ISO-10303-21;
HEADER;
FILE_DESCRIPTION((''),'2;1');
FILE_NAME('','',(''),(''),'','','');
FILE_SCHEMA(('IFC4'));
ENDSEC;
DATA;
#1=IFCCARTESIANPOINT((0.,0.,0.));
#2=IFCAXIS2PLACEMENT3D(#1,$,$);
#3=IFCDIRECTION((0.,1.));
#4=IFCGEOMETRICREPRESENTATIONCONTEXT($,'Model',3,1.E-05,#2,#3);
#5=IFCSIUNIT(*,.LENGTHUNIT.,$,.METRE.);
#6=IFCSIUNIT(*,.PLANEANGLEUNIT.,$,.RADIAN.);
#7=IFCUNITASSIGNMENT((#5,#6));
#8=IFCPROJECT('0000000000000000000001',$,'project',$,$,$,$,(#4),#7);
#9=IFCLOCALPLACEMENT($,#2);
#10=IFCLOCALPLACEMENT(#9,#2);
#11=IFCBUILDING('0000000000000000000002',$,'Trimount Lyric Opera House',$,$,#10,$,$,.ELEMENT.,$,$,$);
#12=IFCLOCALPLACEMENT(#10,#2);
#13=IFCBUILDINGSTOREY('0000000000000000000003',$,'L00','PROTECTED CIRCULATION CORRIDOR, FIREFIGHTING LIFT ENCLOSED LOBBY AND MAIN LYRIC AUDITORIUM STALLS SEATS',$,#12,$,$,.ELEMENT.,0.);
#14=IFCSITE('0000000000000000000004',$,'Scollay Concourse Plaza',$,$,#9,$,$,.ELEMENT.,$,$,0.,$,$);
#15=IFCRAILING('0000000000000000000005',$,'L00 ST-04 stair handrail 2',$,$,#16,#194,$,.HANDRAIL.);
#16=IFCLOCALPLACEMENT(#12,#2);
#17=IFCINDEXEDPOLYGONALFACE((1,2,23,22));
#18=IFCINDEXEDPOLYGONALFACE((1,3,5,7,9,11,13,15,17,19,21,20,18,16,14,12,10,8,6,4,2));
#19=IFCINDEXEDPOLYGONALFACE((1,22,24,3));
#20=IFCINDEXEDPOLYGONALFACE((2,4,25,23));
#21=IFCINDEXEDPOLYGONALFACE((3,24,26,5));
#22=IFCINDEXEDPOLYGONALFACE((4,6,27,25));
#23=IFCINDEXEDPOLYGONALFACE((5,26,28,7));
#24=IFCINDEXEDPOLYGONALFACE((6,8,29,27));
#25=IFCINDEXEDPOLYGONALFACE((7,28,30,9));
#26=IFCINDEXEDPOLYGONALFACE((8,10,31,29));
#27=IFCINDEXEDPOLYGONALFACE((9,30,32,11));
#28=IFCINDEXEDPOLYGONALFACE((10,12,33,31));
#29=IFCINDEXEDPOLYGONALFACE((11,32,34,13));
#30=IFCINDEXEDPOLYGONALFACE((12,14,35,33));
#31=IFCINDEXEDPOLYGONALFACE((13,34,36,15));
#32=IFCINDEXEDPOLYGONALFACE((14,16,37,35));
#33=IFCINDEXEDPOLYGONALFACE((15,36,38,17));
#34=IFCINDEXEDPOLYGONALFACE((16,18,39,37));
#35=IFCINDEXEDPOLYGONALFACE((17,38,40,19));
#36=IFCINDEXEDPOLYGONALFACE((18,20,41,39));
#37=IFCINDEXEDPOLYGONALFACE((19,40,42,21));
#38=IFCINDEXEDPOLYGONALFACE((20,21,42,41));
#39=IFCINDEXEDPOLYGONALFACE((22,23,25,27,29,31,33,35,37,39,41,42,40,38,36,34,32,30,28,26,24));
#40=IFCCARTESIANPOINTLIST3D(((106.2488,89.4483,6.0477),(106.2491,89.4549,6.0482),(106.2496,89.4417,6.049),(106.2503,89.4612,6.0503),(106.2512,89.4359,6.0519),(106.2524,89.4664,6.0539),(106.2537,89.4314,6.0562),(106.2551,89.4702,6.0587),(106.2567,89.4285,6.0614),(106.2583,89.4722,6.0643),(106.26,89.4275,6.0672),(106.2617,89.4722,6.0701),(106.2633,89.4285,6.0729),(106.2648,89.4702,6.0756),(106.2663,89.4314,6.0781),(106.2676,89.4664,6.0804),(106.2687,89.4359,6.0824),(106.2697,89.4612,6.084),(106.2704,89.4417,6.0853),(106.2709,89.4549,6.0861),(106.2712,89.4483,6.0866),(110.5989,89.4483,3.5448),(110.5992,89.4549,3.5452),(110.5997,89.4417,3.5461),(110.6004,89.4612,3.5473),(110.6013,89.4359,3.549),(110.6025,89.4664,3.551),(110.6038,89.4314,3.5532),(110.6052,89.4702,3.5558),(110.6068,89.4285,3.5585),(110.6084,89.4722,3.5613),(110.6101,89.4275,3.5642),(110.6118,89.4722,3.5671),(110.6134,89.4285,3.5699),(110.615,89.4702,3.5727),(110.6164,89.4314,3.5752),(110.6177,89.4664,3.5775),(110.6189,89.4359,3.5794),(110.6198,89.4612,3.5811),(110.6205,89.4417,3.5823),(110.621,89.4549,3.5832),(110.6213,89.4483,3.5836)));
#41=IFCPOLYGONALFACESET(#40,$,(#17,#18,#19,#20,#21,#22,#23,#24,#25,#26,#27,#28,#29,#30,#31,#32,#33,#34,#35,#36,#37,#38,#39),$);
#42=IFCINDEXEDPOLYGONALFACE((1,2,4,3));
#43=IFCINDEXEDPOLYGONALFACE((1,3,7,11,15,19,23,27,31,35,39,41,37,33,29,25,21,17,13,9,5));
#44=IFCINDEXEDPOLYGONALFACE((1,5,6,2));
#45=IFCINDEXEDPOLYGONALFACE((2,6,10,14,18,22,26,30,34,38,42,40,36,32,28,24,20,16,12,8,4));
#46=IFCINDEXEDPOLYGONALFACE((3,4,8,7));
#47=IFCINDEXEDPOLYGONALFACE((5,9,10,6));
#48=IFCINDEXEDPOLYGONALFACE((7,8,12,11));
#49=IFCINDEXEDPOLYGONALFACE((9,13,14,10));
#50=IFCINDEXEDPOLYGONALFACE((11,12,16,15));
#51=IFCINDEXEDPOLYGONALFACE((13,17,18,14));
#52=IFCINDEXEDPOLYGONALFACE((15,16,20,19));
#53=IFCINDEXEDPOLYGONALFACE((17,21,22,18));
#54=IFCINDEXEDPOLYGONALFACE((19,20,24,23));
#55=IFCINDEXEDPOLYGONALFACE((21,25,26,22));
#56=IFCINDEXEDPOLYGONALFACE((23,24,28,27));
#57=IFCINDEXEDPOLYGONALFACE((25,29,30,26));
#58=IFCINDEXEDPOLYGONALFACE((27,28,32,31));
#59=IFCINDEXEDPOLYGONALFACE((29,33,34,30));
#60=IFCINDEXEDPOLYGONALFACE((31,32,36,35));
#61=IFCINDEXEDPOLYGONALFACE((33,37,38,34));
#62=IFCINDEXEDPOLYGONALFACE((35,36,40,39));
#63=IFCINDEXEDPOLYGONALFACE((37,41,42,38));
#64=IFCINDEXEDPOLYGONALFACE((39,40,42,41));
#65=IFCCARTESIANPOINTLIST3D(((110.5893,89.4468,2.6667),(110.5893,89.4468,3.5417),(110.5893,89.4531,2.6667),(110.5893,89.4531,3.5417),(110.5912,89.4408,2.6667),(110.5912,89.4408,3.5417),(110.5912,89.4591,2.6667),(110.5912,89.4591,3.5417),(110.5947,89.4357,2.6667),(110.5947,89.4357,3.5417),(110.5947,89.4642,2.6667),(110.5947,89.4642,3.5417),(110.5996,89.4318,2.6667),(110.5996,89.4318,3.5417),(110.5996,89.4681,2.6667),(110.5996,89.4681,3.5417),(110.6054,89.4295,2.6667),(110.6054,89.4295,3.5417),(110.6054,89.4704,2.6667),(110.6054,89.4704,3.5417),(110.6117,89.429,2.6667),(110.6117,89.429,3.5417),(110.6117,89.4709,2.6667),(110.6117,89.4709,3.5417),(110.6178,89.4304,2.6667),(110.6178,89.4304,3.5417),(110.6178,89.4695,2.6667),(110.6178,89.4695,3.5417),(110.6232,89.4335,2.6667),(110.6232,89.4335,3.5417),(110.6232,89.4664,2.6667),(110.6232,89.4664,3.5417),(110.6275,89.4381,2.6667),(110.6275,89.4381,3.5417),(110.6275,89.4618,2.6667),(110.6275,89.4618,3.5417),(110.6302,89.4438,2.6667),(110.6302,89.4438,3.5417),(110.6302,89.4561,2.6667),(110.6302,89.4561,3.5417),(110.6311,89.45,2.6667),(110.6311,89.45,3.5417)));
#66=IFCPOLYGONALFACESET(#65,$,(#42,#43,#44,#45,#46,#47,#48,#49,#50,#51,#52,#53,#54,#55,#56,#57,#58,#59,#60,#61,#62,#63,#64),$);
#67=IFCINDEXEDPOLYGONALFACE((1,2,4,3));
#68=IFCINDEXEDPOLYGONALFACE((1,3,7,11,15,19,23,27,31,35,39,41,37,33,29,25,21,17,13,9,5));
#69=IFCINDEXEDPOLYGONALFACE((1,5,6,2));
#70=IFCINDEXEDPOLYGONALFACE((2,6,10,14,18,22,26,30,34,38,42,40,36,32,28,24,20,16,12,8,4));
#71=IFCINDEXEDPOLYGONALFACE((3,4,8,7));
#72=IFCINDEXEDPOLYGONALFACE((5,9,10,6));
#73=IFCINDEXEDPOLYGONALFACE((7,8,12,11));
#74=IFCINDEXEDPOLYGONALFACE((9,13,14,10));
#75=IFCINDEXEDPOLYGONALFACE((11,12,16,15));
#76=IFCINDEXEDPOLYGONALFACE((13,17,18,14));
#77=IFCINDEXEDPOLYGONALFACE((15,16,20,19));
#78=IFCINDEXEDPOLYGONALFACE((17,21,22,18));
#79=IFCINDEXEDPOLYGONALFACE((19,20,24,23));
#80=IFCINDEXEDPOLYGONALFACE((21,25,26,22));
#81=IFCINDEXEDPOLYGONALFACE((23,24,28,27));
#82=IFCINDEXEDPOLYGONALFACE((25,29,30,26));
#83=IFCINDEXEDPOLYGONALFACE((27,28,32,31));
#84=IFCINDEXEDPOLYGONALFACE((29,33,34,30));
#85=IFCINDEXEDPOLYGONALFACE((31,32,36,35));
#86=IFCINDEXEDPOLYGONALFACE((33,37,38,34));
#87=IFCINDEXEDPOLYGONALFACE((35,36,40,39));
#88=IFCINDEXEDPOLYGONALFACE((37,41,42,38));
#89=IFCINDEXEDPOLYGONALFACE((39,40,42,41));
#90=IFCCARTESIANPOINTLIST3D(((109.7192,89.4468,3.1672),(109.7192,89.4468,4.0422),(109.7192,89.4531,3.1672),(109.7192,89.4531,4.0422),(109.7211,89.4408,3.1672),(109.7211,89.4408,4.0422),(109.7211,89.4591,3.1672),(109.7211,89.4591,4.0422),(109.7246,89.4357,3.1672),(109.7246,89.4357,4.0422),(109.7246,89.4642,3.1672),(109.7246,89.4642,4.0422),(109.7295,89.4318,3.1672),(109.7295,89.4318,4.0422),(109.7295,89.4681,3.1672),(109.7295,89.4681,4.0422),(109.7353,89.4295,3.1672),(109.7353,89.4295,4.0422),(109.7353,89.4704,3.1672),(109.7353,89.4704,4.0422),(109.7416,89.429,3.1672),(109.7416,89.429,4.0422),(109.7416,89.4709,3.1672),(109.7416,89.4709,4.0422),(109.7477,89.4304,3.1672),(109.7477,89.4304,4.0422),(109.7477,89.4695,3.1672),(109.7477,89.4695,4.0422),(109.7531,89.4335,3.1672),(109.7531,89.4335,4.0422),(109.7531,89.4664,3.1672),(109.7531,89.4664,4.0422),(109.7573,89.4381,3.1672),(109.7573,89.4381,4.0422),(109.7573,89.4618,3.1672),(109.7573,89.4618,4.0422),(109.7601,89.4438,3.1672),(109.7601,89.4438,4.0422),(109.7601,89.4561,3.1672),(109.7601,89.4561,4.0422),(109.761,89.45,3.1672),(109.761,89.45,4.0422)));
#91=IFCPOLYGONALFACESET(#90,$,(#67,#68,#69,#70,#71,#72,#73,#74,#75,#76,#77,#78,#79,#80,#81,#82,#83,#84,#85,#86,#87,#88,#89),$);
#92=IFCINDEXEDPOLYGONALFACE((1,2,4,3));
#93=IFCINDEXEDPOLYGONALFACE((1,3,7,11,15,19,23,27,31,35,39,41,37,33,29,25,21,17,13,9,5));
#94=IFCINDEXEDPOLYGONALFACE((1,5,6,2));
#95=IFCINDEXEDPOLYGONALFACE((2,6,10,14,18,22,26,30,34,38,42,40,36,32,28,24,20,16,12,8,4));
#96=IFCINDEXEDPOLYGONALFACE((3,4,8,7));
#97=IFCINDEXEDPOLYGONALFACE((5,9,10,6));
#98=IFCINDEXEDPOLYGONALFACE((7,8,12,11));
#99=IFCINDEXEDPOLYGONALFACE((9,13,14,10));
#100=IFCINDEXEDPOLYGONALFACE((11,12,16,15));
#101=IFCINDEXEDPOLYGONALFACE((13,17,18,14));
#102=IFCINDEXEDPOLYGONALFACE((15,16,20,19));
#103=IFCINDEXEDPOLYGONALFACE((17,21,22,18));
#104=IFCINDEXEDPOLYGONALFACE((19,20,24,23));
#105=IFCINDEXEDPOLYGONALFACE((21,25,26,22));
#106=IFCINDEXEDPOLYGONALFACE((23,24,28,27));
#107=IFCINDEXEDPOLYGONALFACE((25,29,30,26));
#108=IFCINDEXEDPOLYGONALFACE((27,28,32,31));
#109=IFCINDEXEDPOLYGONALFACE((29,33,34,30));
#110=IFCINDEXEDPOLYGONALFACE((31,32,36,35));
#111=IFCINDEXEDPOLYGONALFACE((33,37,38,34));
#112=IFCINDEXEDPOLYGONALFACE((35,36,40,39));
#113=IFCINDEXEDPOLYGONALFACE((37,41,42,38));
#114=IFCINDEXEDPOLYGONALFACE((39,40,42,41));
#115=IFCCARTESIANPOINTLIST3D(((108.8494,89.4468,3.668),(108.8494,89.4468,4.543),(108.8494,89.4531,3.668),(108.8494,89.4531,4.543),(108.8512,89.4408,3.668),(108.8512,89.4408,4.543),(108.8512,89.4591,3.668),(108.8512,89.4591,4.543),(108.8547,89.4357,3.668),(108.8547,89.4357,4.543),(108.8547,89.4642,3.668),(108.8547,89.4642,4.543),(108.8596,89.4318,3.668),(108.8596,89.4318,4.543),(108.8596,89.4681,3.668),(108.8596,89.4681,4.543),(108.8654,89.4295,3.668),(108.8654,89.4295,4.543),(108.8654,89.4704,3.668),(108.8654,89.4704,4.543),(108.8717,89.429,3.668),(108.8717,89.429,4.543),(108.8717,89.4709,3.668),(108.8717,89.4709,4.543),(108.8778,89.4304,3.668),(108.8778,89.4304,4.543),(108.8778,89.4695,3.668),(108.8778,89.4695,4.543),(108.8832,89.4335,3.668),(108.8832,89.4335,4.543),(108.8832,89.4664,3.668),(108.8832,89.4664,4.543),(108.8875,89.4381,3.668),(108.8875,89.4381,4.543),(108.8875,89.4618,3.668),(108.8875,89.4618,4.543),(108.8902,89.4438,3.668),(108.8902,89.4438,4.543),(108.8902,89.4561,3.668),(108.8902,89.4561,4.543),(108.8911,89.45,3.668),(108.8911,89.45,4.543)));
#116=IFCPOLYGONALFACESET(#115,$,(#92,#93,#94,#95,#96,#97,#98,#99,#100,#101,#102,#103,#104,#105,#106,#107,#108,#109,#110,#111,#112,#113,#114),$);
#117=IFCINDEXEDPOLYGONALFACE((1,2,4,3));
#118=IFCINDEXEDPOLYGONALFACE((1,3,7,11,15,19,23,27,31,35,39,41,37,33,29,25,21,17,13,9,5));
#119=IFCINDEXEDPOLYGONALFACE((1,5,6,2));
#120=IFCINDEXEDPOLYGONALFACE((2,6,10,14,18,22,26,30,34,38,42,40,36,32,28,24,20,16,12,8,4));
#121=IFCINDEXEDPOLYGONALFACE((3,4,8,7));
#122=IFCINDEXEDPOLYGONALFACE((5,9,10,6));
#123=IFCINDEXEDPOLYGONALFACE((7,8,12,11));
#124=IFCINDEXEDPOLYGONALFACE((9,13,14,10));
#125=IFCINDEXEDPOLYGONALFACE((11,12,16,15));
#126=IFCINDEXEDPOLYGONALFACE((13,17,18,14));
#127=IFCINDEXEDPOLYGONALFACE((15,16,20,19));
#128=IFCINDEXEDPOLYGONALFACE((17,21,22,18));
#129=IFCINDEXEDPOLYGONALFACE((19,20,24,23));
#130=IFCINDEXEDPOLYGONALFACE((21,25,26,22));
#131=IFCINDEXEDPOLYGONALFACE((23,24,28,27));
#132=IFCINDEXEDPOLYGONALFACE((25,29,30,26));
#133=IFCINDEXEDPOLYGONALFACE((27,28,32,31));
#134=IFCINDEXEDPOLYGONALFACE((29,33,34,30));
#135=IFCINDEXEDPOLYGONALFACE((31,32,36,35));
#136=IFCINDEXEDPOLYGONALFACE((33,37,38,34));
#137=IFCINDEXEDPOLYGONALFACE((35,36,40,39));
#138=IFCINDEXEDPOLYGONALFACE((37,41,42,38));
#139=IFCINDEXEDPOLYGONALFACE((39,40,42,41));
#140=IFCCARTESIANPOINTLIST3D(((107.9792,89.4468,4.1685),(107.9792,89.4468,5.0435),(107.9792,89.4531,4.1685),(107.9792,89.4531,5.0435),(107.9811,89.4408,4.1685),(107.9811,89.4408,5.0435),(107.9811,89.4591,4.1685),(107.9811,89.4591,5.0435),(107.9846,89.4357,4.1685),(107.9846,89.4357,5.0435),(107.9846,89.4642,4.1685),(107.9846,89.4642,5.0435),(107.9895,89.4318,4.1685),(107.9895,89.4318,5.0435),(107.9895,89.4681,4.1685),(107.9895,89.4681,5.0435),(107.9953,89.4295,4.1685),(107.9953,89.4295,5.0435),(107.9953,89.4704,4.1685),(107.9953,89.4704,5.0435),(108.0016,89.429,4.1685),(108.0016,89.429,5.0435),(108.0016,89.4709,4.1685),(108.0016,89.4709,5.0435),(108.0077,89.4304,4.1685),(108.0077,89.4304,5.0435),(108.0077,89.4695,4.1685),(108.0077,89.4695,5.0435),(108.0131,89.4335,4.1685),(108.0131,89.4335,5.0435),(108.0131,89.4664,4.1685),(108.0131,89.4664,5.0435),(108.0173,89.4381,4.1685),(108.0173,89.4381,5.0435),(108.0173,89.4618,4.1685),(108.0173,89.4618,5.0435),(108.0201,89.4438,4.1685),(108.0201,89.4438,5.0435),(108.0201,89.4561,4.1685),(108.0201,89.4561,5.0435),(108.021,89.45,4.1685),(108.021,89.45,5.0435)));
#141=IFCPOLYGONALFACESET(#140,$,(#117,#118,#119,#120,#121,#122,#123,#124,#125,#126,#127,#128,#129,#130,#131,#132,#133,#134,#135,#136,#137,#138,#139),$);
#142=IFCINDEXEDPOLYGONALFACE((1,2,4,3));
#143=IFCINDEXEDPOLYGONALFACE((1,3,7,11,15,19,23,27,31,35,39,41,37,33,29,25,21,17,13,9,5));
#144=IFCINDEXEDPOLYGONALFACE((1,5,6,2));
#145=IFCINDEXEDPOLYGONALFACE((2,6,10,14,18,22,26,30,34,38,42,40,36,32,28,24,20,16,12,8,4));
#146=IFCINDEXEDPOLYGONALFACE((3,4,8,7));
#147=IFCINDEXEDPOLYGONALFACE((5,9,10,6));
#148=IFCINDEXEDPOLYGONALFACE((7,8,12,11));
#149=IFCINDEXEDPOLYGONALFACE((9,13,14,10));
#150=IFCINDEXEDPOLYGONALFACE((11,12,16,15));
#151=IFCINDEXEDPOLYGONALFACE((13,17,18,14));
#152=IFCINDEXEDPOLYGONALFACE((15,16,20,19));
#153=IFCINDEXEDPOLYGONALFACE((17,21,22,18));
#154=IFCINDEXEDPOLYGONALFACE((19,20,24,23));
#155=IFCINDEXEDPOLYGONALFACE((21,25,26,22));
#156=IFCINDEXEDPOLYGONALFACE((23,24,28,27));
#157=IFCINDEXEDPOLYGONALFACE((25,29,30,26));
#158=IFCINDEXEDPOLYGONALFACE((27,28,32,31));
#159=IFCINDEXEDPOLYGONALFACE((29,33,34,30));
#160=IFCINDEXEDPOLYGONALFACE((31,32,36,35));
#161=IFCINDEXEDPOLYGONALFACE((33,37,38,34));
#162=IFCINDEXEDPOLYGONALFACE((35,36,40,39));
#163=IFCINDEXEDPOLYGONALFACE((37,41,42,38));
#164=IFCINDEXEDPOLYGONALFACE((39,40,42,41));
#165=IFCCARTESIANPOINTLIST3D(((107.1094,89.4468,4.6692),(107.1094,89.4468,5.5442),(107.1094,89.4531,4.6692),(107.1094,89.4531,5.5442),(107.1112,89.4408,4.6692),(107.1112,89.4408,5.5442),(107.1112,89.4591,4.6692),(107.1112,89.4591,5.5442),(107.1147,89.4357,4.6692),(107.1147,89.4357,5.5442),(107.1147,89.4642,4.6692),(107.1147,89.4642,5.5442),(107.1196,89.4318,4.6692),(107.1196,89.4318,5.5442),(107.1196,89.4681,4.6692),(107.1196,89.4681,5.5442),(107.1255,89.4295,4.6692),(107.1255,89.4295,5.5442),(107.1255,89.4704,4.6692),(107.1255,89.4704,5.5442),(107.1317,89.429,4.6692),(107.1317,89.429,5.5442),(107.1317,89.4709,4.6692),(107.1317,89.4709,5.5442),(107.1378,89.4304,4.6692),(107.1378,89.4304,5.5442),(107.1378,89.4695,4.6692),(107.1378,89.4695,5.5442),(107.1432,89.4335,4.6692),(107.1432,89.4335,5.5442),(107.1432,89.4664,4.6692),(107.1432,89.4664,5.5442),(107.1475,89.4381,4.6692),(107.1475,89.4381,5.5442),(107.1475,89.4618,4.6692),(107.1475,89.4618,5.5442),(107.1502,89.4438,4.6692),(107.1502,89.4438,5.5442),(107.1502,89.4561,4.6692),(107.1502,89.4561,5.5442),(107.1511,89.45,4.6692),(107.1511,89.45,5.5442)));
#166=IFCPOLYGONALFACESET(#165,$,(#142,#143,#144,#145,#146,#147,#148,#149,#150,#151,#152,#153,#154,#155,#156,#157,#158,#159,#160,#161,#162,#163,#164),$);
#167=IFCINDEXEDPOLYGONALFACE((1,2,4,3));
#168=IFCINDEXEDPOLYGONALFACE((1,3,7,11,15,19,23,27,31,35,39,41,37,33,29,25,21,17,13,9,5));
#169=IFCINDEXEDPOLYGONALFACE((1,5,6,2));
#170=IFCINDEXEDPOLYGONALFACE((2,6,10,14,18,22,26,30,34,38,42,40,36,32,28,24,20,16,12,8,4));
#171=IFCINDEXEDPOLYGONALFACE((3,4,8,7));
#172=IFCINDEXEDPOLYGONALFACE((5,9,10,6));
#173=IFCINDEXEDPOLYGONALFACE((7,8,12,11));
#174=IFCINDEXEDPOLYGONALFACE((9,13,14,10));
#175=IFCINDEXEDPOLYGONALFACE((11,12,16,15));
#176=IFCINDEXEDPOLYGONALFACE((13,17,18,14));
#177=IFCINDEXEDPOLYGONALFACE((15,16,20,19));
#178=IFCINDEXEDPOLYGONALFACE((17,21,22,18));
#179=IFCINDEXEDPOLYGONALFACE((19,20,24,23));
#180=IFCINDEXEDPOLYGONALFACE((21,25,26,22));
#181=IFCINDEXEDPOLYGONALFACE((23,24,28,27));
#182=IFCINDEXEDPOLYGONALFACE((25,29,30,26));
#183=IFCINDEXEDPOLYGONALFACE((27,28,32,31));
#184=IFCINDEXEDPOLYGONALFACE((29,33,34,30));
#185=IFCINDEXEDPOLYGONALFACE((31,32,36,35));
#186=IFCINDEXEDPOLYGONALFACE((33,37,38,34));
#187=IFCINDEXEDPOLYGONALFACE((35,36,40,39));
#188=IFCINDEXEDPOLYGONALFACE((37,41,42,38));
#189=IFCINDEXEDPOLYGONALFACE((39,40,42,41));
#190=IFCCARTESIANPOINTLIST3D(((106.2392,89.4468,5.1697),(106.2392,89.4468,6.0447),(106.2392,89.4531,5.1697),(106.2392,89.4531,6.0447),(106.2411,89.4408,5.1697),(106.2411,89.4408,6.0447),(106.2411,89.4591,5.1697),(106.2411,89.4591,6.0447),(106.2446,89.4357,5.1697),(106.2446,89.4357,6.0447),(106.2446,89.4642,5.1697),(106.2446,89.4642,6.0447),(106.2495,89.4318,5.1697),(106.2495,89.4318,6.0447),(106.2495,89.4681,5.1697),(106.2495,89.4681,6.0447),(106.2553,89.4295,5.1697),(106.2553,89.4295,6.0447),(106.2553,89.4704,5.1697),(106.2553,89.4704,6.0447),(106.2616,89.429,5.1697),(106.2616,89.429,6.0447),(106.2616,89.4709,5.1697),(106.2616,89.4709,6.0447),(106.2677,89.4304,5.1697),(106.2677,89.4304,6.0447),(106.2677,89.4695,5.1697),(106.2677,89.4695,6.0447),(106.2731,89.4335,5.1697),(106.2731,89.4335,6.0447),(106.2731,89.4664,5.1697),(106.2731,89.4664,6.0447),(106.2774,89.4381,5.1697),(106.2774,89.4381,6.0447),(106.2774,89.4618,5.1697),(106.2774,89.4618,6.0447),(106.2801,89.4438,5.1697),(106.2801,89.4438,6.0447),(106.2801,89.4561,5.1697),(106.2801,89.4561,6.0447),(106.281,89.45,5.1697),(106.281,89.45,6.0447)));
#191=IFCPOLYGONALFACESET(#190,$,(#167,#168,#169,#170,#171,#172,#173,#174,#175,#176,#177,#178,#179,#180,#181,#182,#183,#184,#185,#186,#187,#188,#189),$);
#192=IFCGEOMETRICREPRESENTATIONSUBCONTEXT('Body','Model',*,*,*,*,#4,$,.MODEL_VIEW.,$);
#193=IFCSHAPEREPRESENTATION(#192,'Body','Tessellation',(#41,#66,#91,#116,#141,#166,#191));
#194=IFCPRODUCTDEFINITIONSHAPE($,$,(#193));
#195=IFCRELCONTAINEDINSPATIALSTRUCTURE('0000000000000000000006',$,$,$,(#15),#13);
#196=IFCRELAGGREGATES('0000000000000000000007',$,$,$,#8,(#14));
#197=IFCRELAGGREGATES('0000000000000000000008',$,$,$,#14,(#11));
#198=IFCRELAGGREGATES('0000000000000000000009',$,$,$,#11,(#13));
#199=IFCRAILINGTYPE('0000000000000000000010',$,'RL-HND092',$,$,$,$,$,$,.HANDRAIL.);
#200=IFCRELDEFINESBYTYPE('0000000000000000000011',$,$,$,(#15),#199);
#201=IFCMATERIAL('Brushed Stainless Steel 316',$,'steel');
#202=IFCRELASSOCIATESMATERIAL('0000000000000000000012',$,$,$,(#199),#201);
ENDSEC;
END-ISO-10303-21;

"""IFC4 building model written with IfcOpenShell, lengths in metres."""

from ifc_helpers import new_model, si_unit, direction, frame, origin, origin_2d, place, context, subcontext, project, spatial, circle, extrude, material, type_object, element, save


model = new_model("IFC4")

# Units and contexts
model_context = context("Model", 3, precision=1e-05, world=origin(), true_north=direction((0.0, 1.0)))
body_context = subcontext(model_context, "Body", "Model", "MODEL_VIEW")
ifc_project = project(units=[si_unit("LENGTHUNIT", "METRE"), si_unit("PLANEANGLEUNIT", "RADIAN")], contexts=[model_context])

# Site, building, storey
site_placement = place(None, origin())
site = spatial("IfcSite", under=ifc_project, at=site_placement, Name="Scollay Concourse Plaza", CompositionType="ELEMENT", RefElevation=0.0)
building_placement = place(site_placement, origin())
building = spatial("IfcBuilding", under=site, at=building_placement, Name="Trimount Lyric Opera House", CompositionType="ELEMENT")
storey_placement = place(building_placement, origin())
storey = spatial("IfcBuildingStorey", under=building, at=storey_placement, Name="L00", Description="PROTECTED CIRCULATION CORRIDOR, FIREFIGHTING LIFT ENCLOSED LOBBY AND MAIN LYRIC AUDITORIUM STALLS SEATS", CompositionType="ELEMENT", Elevation=0.0)

# Railing
ifc_material_1 = material(Name="Brushed Stainless Steel 316", Category="steel")
railing_type_1 = type_object("IfcRailingType", Name="RL-HND092", PredefinedType="HANDRAIL", material=ifc_material_1)
railing_1_placement = place(storey_placement, frame((110.6101, 89.45, 2.6667)))
element("IfcRailing", 1, at=railing_1_placement, inside=storey, type_object=railing_type_1, Name="L00 ST-04 stair handrail 2", PredefinedType="HANDRAIL", context=body_context, shape_type="SweptSolid", body=[
    extrude(circle(Radius=0.0225, at=origin_2d()), frame((0.0, 0.0, 0.8975), z_axis=(-0.866766, 0.0, 0.498714), x_axis=(0.0, -1.0, 0.0)), (0.0, 0.0, 1.0), 5.0188),
    extrude(circle(Radius=0.021, at=origin_2d()), origin(), (0.0, 0.0, 1.0), 0.875),
    extrude(circle(Radius=0.021, at=origin_2d()), frame((-0.8701, 0.0, 0.5005)), (0.0, 0.0, 1.0), 0.875),
    extrude(circle(Radius=0.021, at=origin_2d()), frame((-1.74, 0.0, 1.0012)), (0.0, 0.0, 1.0), 0.875),
    extrude(circle(Radius=0.021, at=origin_2d()), frame((-2.6101, 0.0, 1.5017)), (0.0, 0.0, 1.0), 0.875),
    extrude(circle(Radius=0.021, at=origin_2d()), frame((-3.48, 0.0, 2.0024)), (0.0, 0.0, 1.0), 0.875),
    extrude(circle(Radius=0.021, at=origin_2d()), frame((-4.3501, 0.0, 2.5029)), (0.0, 0.0, 1.0), 0.875),
])

save(model, "model.ifc")
